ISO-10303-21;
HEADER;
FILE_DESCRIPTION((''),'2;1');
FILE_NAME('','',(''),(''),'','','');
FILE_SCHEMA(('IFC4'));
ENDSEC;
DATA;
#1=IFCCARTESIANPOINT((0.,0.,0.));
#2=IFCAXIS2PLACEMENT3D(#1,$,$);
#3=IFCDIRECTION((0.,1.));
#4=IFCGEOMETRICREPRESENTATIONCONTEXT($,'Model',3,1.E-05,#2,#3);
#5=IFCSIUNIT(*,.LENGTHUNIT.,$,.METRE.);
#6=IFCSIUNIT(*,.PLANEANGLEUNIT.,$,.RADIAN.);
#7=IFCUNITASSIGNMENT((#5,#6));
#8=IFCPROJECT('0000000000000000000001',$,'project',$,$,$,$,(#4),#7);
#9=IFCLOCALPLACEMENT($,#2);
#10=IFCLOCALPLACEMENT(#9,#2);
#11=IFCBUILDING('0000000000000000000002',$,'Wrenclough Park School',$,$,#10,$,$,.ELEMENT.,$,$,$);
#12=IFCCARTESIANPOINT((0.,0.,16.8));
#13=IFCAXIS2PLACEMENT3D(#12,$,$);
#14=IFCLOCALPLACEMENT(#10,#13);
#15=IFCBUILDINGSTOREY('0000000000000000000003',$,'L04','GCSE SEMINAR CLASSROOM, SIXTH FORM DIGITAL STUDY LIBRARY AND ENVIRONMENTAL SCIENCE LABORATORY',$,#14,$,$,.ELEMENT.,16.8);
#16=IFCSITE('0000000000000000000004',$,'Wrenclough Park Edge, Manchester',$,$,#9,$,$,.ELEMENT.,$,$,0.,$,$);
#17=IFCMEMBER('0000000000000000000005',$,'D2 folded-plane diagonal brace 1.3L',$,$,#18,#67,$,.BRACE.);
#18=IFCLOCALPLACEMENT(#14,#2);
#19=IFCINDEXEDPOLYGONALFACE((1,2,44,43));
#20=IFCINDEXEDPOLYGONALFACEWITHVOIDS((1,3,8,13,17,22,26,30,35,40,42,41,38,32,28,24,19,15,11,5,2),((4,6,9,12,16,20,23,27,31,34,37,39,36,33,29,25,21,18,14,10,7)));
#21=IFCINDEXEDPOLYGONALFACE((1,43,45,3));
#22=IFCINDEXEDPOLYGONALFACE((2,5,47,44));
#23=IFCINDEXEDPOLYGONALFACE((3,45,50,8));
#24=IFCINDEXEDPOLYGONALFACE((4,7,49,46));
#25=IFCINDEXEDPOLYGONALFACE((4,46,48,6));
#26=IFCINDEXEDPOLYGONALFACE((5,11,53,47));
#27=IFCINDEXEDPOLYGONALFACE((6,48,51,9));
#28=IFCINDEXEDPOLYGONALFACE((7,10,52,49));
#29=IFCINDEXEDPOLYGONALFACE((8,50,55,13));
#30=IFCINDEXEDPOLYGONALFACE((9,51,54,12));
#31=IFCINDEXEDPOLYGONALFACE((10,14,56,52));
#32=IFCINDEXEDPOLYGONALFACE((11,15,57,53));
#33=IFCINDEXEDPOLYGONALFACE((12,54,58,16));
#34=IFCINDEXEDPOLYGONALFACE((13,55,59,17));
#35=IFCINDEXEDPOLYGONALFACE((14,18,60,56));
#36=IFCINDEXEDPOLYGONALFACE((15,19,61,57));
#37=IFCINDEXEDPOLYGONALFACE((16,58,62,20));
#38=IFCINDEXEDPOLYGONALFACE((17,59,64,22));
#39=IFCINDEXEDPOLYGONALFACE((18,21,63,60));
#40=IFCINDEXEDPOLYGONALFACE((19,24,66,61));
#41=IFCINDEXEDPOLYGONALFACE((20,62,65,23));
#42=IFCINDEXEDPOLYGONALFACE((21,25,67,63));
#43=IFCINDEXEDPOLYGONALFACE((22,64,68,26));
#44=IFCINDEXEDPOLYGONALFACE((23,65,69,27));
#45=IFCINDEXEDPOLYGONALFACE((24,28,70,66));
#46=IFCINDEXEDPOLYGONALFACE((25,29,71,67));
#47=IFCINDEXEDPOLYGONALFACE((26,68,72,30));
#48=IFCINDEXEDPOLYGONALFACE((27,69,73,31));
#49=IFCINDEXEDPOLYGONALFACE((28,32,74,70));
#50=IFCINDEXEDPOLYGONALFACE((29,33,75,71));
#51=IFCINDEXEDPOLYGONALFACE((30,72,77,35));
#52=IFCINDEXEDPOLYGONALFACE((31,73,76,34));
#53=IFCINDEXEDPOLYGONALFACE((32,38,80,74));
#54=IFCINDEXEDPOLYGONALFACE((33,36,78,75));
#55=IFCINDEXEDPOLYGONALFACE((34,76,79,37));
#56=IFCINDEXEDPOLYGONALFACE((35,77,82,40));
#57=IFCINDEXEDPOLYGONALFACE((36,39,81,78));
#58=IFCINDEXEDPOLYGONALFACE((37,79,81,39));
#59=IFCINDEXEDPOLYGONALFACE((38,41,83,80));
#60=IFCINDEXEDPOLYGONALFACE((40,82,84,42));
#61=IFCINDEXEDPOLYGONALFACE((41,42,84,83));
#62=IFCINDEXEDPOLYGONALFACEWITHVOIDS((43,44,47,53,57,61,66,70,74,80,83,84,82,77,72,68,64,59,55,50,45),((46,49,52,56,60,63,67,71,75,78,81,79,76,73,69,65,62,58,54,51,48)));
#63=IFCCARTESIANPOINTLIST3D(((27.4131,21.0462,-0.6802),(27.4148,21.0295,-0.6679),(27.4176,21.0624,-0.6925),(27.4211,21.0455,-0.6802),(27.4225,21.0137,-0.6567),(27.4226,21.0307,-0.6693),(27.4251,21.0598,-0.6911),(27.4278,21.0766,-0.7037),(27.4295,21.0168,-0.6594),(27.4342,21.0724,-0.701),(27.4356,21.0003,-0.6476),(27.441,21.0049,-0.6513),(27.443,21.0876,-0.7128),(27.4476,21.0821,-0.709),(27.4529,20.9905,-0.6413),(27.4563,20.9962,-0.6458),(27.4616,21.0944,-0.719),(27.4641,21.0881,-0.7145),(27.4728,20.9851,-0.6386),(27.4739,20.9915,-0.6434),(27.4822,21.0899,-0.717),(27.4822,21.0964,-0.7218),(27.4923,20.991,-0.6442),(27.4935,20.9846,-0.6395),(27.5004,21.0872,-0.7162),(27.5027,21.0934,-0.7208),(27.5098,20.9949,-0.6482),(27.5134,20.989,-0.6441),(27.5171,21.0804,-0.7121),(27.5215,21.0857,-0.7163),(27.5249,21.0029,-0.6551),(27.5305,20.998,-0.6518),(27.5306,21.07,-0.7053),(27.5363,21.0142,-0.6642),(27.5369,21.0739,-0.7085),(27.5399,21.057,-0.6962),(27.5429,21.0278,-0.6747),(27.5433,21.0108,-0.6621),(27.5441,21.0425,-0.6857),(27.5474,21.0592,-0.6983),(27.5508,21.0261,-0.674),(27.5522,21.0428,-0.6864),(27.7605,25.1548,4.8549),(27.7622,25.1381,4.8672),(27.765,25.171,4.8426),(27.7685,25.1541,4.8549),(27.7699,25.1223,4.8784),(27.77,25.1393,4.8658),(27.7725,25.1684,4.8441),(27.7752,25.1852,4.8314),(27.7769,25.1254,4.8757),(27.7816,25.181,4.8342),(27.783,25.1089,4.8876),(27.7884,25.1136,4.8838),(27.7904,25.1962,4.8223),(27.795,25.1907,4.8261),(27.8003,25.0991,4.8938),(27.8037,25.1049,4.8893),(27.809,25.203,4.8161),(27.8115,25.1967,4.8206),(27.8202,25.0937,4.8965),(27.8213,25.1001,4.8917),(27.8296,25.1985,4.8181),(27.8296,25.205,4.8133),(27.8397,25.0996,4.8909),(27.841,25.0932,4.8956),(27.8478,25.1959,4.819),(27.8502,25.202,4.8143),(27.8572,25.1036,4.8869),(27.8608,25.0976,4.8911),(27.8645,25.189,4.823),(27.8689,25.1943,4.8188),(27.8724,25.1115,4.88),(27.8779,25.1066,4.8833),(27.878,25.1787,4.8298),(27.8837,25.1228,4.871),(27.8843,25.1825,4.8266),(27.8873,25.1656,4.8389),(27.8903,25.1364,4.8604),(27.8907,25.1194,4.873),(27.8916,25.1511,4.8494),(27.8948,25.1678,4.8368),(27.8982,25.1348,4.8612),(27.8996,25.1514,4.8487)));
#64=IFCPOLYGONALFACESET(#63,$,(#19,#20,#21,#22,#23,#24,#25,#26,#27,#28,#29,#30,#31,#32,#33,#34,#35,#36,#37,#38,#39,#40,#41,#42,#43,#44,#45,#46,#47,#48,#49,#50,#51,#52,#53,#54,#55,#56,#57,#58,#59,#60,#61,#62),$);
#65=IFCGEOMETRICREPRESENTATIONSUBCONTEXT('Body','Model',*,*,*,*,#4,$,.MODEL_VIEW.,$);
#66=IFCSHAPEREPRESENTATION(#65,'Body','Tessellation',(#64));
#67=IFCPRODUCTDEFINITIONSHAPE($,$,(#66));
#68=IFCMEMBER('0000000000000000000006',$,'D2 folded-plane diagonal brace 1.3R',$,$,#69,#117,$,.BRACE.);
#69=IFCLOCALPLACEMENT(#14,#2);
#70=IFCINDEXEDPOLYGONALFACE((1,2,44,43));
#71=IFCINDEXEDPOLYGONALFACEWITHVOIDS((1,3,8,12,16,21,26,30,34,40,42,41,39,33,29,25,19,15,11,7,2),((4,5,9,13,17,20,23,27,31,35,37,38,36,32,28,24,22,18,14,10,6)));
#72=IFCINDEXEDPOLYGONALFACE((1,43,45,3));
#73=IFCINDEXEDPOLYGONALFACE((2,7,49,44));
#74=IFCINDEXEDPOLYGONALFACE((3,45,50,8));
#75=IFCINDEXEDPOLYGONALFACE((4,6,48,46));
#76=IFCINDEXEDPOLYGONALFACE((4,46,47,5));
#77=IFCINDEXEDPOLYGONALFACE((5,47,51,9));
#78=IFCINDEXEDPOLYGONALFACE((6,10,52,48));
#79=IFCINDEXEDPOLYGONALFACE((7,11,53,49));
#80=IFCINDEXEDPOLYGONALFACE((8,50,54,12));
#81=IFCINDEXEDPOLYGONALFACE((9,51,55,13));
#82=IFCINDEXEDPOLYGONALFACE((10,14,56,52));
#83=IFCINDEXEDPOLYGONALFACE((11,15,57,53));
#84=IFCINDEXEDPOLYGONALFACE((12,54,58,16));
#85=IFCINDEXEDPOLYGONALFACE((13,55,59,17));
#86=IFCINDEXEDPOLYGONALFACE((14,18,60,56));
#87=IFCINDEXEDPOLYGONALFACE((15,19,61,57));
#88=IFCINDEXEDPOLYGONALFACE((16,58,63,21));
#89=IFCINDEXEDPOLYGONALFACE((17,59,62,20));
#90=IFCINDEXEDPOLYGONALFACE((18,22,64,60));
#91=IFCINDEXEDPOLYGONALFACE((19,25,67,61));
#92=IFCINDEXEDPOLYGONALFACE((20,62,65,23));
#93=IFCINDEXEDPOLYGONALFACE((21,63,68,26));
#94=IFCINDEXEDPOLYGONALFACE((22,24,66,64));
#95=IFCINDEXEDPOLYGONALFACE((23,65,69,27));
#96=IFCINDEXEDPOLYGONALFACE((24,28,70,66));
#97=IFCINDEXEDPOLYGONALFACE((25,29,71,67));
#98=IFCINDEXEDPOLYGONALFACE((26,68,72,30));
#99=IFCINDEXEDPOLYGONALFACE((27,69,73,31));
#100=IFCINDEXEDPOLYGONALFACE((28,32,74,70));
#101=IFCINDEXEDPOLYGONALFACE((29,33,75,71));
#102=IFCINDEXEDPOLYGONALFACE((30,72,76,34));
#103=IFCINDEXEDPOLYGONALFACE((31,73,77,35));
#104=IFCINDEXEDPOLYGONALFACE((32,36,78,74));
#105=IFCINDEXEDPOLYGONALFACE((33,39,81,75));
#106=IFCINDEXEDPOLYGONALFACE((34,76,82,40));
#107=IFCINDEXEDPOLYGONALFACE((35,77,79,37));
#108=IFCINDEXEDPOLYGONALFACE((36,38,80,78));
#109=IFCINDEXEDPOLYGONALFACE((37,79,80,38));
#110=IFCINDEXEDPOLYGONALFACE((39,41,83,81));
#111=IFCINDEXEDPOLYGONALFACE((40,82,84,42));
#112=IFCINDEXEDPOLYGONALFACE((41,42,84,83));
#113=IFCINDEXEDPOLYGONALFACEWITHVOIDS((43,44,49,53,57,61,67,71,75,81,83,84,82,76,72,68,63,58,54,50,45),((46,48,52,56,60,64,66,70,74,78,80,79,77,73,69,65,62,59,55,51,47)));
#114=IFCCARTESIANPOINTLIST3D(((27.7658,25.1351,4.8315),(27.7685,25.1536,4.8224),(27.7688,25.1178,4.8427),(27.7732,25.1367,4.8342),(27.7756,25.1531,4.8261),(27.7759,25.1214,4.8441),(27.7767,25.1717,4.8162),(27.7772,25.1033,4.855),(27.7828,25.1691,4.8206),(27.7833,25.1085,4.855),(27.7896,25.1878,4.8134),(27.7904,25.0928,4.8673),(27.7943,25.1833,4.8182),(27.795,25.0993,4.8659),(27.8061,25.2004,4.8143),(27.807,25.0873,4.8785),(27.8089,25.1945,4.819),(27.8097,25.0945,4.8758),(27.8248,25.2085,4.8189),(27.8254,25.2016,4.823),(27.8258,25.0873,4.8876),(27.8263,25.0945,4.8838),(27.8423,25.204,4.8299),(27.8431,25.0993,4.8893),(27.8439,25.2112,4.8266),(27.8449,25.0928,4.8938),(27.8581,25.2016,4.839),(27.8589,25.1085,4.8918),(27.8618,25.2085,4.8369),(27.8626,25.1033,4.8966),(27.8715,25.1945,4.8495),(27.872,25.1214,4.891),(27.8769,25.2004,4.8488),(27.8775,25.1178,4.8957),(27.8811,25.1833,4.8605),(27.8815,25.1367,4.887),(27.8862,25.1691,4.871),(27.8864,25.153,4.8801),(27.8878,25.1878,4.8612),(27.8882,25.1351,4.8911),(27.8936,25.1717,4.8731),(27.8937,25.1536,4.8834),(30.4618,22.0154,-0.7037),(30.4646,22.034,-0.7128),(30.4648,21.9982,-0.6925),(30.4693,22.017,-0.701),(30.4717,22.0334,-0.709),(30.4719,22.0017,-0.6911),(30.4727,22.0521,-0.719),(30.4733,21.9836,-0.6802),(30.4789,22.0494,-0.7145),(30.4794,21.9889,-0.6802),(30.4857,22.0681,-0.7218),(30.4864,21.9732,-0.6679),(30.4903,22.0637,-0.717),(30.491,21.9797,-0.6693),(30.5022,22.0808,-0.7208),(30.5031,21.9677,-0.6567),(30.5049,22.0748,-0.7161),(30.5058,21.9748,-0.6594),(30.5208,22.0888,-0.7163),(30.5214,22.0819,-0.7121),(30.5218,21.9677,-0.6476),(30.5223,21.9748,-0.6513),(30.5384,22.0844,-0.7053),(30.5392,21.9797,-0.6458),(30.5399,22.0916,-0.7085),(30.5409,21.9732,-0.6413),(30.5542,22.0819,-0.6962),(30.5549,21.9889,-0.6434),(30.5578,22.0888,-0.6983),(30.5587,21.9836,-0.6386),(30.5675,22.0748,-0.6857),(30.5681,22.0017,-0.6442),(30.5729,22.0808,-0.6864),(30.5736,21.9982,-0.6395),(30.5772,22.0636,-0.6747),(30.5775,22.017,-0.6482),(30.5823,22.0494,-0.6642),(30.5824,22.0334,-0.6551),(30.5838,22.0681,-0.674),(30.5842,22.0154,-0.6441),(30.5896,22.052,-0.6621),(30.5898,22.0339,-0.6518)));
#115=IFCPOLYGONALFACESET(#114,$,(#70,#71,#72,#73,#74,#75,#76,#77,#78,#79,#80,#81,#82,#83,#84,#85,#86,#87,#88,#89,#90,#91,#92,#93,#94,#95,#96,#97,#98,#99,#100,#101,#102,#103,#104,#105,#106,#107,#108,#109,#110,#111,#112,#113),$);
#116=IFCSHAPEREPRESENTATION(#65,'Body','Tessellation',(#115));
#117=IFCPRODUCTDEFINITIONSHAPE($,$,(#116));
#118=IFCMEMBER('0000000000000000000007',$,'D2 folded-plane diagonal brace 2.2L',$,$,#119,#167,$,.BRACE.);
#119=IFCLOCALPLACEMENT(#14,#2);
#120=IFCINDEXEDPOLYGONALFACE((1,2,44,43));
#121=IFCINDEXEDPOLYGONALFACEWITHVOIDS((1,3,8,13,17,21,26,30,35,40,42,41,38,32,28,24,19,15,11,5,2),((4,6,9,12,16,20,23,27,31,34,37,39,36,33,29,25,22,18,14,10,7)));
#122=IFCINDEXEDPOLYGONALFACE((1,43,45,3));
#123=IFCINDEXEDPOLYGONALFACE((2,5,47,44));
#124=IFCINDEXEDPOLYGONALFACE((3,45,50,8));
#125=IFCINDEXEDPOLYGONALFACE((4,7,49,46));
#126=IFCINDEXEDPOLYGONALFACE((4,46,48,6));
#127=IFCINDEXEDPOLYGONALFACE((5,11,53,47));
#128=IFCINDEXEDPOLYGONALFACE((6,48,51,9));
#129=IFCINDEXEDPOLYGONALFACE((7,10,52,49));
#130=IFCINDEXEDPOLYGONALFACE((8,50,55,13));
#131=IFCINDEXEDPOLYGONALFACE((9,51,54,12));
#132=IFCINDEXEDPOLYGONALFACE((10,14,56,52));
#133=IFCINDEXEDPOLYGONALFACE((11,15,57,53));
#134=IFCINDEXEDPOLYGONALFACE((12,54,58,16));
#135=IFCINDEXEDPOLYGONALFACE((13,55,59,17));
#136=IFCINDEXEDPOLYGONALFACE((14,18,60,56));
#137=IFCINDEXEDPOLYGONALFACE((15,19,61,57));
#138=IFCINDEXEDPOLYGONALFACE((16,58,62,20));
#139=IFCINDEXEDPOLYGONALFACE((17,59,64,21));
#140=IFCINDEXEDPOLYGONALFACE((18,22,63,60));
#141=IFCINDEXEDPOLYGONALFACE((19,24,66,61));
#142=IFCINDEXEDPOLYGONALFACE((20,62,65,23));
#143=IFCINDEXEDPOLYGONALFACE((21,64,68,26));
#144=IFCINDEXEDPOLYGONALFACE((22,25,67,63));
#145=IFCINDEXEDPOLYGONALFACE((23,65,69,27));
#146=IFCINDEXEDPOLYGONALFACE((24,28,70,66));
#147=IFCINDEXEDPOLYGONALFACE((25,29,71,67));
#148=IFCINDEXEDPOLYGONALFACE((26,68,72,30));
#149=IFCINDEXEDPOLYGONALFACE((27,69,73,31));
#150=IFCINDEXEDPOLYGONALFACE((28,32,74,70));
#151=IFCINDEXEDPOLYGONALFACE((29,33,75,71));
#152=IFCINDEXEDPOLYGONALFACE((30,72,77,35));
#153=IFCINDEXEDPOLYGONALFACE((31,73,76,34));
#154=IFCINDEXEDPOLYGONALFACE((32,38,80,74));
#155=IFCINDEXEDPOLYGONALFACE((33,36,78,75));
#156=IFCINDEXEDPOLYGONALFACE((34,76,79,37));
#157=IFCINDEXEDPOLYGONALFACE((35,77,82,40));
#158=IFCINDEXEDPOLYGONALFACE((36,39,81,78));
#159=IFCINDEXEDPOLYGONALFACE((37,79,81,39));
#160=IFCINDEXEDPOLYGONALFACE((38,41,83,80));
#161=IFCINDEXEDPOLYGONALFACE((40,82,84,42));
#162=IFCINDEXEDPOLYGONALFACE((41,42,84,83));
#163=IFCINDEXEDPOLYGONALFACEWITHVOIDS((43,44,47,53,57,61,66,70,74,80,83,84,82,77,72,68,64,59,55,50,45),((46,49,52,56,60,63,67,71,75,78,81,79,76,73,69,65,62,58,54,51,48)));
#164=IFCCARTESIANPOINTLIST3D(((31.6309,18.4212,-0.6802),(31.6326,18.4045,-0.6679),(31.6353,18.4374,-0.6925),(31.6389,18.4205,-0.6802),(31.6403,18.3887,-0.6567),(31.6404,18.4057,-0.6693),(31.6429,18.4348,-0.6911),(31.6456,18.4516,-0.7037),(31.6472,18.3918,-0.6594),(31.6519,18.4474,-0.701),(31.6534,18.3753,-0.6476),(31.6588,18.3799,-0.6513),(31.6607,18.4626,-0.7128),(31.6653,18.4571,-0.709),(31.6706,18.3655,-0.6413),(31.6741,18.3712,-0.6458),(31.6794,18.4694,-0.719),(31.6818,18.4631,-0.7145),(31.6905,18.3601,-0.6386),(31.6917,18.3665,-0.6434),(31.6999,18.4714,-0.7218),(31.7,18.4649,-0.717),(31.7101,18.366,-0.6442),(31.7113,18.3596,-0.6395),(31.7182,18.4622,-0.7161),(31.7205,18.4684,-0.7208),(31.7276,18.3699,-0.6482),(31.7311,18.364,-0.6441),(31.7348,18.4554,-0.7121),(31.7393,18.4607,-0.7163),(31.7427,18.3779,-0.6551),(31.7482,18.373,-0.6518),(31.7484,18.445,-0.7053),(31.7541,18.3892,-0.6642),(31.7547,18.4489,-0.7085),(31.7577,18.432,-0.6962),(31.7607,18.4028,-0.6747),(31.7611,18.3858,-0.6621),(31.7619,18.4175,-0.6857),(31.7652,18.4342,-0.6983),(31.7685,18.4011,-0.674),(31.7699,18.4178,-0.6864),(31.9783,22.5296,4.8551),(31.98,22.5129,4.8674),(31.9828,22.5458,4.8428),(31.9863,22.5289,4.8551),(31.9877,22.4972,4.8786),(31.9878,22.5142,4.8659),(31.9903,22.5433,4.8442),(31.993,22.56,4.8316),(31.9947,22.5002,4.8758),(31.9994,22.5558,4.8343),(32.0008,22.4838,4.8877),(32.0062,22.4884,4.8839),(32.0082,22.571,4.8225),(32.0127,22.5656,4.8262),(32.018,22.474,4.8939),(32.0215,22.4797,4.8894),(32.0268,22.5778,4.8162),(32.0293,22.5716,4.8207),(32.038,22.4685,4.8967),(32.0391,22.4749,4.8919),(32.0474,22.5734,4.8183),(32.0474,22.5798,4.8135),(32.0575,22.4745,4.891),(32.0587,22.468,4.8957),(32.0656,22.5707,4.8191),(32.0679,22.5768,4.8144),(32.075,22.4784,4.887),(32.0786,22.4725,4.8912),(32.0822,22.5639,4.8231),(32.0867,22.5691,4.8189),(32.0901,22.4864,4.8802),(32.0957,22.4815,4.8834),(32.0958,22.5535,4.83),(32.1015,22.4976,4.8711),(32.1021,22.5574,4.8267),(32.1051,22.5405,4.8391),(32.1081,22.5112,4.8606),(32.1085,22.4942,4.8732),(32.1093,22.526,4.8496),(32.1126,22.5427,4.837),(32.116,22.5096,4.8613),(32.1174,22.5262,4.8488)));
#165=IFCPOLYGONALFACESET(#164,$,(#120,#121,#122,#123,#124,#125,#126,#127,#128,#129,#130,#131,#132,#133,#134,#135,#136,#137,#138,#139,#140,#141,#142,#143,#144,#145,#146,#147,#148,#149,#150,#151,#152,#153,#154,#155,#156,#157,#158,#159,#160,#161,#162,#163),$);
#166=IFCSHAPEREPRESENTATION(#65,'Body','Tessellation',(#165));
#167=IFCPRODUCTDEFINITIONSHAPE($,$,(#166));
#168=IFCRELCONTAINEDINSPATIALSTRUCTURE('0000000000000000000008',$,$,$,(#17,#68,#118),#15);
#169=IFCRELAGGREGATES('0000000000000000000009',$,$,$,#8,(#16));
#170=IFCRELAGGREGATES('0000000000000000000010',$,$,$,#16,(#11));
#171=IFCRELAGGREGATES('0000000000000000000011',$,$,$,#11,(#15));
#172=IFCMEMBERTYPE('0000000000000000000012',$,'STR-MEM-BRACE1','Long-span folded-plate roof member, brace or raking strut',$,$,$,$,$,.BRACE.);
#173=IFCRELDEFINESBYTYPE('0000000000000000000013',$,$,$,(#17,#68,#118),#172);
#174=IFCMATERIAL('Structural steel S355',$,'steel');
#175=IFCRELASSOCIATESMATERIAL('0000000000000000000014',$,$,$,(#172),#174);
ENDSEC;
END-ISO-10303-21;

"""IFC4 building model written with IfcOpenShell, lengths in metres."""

from ifc_helpers import new_model, si_unit, direction, frame, origin, origin_2d, place, context, subcontext, project, spatial, hollow_circle, extrude, material, material_profile, profile_set, type_object, element, save


model = new_model("IFC4")

# Units and contexts
model_context = context("Model", 3, precision=1e-05, world=origin(), true_north=direction((0.0, 1.0)))
body_context = subcontext(model_context, "Body", "Model", "MODEL_VIEW")
ifc_project = project(units=[si_unit("LENGTHUNIT", "METRE"), si_unit("PLANEANGLEUNIT", "RADIAN")], contexts=[model_context])

# Site, building, storey
site_placement = place(None, origin())
site = spatial("IfcSite", under=ifc_project, at=site_placement, Name="Wrenclough Park Edge, Manchester", CompositionType="ELEMENT", RefElevation=0.0)
building_placement = place(site_placement, origin())
building = spatial("IfcBuilding", under=site, at=building_placement, Name="Wrenclough Park School", CompositionType="ELEMENT")
storey_placement = place(building_placement, frame((0.0, 0.0, 16.8)))
storey = spatial("IfcBuildingStorey", under=building, at=storey_placement, Name="L04", Description="GCSE SEMINAR CLASSROOM, SIXTH FORM DIGITAL STUDY LIBRARY AND ENVIRONMENTAL SCIENCE LABORATORY", CompositionType="ELEMENT", Elevation=16.8)

# Members
ifc_material = material(Name="Structural steel S355", Category="steel")
ifc_material_profile_1 = material_profile(ifc_material, hollow_circle(Radius=0.0698, WallThickness=0.0081, at=origin_2d()), Name="CHS 139.7x8.0")
ifc_profile_set_1 = profile_set([ifc_material_profile_1], Name="Structural steel S355")
member_type_1 = type_object("IfcMemberType", Name="STR-MEM-BRACE1", Description="Long-span folded-plate roof member, brace or raking strut", PredefinedType="BRACE", material=ifc_profile_set_1)
for number, where, z_axis, x_axis, name in (
    (1, (27.4827, 21.0403, -0.6802), (0.050334, 0.59527, 0.801947), (-0.996444, 0.084256, 0.0), "D2 folded-plane diagonal brace 1.3L"),
    (2, (30.5261, 22.0293, -0.6802), (-0.390613, 0.451984, 0.801955), (-0.756605, -0.653873, 0.0), "D2 folded-plane diagonal brace 1.3R"),
    (3, (31.7004, 18.4153, -0.6802), (0.050335, 0.595248, 0.801964), (-0.996444, 0.084261, 0.0), "D2 folded-plane diagonal brace 2.2L"),
):
    element("IfcMember", number, at=place(storey_placement, frame(where, z_axis=z_axis, x_axis=x_axis)), inside=storey, type_object=member_type_1, Name=name, PredefinedType="BRACE", context=body_context, shape_type="SweptSolid", body=[
        extrude(hollow_circle(Radius=0.0698, WallThickness=0.0081, at=origin_2d()), origin(), (0.0, 0.0, 1.0), 6.9021),
    ])

save(model, "model.ifc")
